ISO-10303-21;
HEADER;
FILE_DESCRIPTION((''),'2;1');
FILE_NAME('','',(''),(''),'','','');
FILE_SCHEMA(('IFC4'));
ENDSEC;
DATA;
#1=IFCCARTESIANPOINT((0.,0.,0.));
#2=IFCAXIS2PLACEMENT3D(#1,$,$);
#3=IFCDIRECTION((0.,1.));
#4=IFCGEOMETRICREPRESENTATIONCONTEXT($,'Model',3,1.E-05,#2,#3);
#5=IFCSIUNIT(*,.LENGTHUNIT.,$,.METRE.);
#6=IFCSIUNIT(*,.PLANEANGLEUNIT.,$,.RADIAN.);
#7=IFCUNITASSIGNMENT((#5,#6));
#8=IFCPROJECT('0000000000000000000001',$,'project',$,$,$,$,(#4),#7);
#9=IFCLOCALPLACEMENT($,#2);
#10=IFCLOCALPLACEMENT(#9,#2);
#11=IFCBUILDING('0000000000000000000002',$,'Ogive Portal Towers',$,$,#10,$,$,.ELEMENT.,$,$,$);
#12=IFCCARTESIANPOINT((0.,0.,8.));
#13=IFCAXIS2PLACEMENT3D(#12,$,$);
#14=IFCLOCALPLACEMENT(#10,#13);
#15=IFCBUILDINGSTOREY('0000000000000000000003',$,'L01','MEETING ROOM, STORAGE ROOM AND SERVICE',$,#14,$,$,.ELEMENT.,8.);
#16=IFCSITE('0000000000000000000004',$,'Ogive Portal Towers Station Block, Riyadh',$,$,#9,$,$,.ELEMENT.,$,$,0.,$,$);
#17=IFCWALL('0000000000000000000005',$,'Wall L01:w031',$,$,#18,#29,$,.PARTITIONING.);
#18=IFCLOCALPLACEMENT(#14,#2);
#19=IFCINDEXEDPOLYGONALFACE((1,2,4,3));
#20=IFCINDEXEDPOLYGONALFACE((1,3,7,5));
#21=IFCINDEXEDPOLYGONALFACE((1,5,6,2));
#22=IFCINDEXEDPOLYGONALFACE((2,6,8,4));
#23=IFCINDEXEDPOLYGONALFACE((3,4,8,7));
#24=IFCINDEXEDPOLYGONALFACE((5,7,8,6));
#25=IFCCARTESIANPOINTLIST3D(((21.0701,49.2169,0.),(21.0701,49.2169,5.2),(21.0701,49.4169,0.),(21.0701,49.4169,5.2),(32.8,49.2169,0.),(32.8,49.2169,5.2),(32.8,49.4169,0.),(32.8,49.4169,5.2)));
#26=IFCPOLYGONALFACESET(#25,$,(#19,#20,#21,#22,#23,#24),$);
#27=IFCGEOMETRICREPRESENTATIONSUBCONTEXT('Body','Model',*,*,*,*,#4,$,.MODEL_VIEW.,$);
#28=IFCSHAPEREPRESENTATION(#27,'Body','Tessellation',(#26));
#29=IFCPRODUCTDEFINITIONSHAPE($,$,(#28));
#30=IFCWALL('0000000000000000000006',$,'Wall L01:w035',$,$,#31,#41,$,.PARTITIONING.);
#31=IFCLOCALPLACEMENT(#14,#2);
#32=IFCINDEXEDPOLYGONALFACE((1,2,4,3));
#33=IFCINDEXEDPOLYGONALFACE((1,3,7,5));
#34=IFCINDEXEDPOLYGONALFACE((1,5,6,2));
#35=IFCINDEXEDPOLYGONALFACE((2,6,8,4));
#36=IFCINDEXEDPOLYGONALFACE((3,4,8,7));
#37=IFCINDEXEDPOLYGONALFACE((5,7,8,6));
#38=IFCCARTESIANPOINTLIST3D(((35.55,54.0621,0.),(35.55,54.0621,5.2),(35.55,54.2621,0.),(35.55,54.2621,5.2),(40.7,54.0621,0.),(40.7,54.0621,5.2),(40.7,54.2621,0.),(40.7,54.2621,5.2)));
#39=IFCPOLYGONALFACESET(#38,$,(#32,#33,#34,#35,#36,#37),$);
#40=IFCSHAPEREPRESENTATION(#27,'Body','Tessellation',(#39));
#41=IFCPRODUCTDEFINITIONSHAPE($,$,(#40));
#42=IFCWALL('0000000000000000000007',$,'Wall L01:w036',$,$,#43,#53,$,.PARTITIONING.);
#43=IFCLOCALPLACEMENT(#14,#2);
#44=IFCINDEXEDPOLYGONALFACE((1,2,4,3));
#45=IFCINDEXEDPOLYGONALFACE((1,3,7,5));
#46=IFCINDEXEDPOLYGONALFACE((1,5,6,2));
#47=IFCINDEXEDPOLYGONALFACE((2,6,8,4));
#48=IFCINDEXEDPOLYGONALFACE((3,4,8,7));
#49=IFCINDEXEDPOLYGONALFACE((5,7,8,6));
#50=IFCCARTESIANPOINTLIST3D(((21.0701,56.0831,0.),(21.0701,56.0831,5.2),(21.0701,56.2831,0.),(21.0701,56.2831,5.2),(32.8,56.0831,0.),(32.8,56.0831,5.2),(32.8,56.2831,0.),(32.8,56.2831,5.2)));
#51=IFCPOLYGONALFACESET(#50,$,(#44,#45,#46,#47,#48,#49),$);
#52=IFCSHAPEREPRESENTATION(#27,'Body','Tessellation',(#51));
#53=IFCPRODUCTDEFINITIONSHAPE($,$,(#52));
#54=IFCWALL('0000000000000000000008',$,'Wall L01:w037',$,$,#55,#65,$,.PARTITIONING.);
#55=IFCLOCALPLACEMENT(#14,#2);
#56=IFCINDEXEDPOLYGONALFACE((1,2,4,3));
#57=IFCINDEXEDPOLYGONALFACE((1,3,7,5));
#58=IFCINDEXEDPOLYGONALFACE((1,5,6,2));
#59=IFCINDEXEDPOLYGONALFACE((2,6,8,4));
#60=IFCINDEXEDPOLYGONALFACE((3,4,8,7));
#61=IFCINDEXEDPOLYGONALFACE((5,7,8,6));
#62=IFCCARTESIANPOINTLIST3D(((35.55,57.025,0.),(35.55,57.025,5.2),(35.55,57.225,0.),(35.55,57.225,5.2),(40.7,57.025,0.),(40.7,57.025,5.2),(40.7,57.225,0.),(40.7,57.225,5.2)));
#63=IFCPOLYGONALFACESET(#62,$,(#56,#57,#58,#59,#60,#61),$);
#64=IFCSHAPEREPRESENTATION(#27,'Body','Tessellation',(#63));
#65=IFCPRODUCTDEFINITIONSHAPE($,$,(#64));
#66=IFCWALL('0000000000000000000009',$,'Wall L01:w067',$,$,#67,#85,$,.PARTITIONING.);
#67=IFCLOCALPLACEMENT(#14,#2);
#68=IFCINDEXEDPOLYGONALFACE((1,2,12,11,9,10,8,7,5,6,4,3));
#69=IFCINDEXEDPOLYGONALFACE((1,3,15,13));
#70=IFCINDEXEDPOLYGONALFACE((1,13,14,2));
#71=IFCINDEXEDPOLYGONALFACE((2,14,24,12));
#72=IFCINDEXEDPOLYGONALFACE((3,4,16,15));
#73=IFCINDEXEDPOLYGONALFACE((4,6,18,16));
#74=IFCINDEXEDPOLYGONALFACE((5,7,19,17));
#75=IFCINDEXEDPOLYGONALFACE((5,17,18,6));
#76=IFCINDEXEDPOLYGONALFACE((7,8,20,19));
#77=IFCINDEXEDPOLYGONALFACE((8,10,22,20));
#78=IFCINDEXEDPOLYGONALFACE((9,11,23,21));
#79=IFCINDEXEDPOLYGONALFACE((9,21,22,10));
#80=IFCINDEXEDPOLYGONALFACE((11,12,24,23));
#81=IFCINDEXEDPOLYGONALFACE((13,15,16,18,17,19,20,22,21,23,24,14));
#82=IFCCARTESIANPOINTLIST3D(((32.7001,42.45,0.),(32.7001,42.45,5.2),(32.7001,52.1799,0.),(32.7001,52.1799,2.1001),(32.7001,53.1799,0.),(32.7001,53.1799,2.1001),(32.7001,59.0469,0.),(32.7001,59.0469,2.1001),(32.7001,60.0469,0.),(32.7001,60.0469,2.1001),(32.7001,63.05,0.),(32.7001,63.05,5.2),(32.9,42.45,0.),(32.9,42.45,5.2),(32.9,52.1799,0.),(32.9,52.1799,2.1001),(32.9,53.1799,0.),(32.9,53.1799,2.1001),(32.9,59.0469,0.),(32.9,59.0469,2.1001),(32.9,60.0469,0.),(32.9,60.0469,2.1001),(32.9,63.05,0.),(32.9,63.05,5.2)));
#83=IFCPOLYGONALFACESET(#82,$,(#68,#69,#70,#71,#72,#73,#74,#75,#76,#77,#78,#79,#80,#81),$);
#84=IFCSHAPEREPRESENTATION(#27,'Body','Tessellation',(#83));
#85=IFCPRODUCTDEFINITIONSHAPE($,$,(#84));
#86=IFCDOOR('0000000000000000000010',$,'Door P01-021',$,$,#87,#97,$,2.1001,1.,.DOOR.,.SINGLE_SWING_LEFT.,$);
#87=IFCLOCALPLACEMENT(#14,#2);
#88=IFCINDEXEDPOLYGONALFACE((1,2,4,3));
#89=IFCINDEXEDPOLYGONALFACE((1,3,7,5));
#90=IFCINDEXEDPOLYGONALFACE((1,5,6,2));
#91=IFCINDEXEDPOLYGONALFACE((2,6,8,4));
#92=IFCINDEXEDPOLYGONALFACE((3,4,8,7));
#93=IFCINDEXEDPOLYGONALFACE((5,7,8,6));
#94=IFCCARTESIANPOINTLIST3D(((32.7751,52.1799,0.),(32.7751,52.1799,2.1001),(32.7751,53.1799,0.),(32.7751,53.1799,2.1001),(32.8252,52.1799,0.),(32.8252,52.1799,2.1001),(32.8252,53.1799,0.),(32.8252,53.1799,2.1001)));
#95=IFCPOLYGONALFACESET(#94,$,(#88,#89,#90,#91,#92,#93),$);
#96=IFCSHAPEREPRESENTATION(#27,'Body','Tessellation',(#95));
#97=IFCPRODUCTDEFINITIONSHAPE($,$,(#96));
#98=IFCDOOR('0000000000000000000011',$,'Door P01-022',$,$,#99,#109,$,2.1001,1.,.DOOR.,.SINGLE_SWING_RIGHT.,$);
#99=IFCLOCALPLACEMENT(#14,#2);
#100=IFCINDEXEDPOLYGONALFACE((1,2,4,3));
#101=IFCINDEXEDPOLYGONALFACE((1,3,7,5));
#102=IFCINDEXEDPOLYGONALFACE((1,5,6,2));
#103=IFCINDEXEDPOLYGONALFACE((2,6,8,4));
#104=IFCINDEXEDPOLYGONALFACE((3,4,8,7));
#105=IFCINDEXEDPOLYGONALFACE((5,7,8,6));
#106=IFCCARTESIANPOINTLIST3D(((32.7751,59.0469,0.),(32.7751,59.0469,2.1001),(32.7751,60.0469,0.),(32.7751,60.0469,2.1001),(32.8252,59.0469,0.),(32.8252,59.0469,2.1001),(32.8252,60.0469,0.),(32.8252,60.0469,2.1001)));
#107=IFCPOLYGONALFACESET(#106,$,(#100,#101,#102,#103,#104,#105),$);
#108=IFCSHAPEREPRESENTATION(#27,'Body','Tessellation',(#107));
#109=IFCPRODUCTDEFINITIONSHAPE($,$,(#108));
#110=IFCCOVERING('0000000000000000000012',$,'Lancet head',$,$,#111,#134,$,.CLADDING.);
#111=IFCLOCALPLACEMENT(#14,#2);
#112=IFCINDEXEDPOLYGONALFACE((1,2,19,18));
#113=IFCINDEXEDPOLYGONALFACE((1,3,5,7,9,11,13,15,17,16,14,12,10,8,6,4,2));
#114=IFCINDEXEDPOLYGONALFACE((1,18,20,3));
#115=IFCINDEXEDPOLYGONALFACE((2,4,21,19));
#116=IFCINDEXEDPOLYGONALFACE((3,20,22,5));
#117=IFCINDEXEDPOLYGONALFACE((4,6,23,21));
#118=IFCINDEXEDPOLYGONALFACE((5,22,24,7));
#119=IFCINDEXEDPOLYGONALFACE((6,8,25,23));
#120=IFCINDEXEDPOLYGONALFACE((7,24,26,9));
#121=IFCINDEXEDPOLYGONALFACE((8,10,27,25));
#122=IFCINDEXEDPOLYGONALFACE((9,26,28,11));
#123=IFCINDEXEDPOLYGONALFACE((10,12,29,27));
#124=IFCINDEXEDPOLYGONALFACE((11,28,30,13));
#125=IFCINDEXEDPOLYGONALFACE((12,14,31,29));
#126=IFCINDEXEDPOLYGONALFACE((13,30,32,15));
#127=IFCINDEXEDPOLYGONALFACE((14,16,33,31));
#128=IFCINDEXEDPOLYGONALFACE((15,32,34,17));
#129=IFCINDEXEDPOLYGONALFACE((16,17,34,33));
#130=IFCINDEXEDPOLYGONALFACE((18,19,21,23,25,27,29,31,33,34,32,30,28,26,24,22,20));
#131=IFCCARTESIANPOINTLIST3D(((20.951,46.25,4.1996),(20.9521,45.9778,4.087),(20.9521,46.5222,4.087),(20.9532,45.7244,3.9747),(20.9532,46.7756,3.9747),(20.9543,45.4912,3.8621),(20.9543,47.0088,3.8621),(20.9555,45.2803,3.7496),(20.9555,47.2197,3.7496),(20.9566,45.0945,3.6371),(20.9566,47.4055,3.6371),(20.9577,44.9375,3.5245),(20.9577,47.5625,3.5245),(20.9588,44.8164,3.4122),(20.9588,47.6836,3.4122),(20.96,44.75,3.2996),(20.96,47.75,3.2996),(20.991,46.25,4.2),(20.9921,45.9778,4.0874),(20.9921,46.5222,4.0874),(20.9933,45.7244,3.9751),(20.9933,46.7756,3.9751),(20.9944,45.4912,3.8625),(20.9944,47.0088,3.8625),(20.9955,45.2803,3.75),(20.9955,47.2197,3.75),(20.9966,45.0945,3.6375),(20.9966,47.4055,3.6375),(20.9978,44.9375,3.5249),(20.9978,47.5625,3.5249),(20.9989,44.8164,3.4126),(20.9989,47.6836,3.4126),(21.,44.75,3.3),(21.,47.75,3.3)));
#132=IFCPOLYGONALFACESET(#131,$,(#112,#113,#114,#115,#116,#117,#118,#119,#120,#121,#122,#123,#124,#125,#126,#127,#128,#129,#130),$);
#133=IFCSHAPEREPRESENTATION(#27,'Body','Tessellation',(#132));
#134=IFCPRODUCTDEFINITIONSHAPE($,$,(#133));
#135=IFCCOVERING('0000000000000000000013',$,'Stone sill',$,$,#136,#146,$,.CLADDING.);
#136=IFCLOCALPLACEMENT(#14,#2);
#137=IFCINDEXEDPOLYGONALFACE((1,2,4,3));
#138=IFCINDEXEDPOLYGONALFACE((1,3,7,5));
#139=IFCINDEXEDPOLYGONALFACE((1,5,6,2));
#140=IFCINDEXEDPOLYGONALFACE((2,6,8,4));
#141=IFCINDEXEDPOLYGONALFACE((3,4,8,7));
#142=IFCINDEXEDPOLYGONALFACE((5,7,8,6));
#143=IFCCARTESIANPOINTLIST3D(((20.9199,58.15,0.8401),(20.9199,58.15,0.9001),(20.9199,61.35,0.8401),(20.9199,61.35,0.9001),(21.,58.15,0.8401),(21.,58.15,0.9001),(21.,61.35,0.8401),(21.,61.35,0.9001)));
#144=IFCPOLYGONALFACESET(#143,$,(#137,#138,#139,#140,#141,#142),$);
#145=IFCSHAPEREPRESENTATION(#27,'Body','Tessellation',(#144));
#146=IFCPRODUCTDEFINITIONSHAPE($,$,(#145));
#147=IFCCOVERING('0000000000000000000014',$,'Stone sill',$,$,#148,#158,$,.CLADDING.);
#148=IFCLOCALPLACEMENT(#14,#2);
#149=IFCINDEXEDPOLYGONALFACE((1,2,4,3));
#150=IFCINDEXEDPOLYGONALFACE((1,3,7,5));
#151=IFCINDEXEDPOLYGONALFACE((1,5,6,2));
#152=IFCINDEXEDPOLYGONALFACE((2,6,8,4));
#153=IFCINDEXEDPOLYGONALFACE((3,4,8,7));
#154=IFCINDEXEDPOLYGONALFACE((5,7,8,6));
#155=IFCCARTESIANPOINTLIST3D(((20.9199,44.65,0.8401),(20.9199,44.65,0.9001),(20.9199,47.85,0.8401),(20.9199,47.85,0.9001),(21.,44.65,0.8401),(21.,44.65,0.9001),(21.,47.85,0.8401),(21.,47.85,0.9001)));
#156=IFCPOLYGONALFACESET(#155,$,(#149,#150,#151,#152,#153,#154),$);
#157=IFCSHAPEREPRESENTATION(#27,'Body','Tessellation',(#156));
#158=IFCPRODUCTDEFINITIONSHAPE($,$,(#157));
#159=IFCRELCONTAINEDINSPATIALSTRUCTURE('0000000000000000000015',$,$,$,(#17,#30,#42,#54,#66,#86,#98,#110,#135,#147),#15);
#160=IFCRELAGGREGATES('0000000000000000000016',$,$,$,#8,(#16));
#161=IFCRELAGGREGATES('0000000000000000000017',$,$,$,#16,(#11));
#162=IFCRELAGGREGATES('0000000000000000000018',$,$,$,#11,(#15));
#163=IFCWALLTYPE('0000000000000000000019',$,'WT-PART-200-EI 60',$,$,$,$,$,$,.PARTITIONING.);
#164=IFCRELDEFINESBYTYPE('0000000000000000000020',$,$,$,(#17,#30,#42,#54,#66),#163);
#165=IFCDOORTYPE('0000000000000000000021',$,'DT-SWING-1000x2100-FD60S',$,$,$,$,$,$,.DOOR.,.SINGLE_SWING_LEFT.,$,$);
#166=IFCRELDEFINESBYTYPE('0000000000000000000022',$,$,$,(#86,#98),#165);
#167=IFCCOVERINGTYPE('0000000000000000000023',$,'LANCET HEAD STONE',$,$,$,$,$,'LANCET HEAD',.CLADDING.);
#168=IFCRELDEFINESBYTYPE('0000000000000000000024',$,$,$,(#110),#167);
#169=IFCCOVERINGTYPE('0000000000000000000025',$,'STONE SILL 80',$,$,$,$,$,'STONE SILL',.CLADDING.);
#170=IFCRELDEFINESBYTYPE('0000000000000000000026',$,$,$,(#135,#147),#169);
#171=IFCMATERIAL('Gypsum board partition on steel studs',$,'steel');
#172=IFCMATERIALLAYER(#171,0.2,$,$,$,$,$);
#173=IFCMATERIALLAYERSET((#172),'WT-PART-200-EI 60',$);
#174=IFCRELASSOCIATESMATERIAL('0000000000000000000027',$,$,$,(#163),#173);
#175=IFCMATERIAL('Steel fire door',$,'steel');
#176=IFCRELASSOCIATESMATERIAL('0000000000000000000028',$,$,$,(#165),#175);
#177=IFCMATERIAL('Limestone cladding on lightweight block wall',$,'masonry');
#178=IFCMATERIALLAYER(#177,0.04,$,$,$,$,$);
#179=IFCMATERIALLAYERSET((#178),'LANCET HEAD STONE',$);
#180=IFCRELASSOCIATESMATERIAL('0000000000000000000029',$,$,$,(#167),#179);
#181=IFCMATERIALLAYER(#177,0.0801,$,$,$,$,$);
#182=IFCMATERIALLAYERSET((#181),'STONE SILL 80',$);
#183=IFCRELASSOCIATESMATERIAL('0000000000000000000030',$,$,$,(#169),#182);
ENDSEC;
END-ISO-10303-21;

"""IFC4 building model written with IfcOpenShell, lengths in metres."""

from ifc_helpers import new_model, si_unit, direction, frame, frame_2d, origin, origin_2d, place, context, subcontext, project, spatial, polyline, rectangle, outline, extrude, material, layer, layer_set, type_object, element, fill, save


model = new_model("IFC4")

# Units and contexts
model_context = context("Model", 3, precision=1e-05, world=origin(), true_north=direction((0.0, 1.0)))
body_context = subcontext(model_context, "Body", "Model", "MODEL_VIEW")
ifc_project = project(units=[si_unit("LENGTHUNIT", "METRE"), si_unit("PLANEANGLEUNIT", "RADIAN")], contexts=[model_context])

# Site, building, storey
site_placement = place(None, origin())
site = spatial("IfcSite", under=ifc_project, at=site_placement, Name="Ogive Portal Towers Station Block, Riyadh", CompositionType="ELEMENT", RefElevation=0.0)
building_placement = place(site_placement, origin())
building = spatial("IfcBuilding", under=site, at=building_placement, Name="Ogive Portal Towers", CompositionType="ELEMENT")
storey_placement = place(building_placement, frame((0.0, 0.0, 8.0)))
storey = spatial("IfcBuildingStorey", under=building, at=storey_placement, Name="L01", Description="MEETING ROOM, STORAGE ROOM AND SERVICE", CompositionType="ELEMENT", Elevation=8.0)

# Shared definitions
ifc_material_1 = material(Name="Steel fire door", Category="steel")

# Walls
ifc_material_2 = material(Name="Gypsum board partition on steel studs", Category="steel")
ifc_layer_1 = layer(ifc_material_2, 0.2)
ifc_layer_set_1 = layer_set([ifc_layer_1], Name="WT-PART-200-EI 60")
wall_type_1 = type_object("IfcWallType", Name="WT-PART-200-EI 60", PredefinedType="PARTITIONING", material=ifc_layer_set_1)
wall_1_placement = place(storey_placement, frame((21.0701, 49.3169, 0.0), z_axis=(0.0, 0.0, 1.0), x_axis=(1.0, 0.0, 0.0)))
element("IfcWall", 1, at=wall_1_placement, inside=storey, type_object=wall_type_1, Name="Wall L01:w031", PredefinedType="PARTITIONING", context=body_context, shape_type="SweptSolid", body=[
    extrude(rectangle(XDim=11.73, YDim=0.2, at=frame_2d((5.865, 0.0))), origin(), (0.0, 0.0, 1.0), 5.2),
])
wall_2_placement = place(storey_placement, frame((35.55, 54.1621, 0.0), z_axis=(0.0, 0.0, 1.0), x_axis=(1.0, 0.0, 0.0)))
element("IfcWall", 2, at=wall_2_placement, inside=storey, type_object=wall_type_1, Name="Wall L01:w035", PredefinedType="PARTITIONING", context=body_context, shape_type="SweptSolid", body=[
    extrude(rectangle(XDim=5.1499, YDim=0.2, at=frame_2d((2.575, 0.0))), origin(), (0.0, 0.0, 1.0), 5.2),
])
wall_3_placement = place(storey_placement, frame((21.0701, 56.1831, 0.0), z_axis=(0.0, 0.0, 1.0), x_axis=(1.0, 0.0, 0.0)))
element("IfcWall", 3, at=wall_3_placement, inside=storey, type_object=wall_type_1, Name="Wall L01:w036", PredefinedType="PARTITIONING", context=body_context, shape_type="SweptSolid", body=[
    extrude(rectangle(XDim=11.73, YDim=0.2, at=frame_2d((5.865, 0.0))), origin(), (0.0, 0.0, 1.0), 5.2),
])
wall_4_placement = place(storey_placement, frame((35.55, 57.125, 0.0), z_axis=(0.0, 0.0, 1.0), x_axis=(1.0, 0.0, 0.0)))
element("IfcWall", 4, at=wall_4_placement, inside=storey, type_object=wall_type_1, Name="Wall L01:w037", PredefinedType="PARTITIONING", context=body_context, shape_type="SweptSolid", body=[
    extrude(rectangle(XDim=5.1499, YDim=0.2, at=frame_2d((2.575, 0.0))), origin(), (0.0, 0.0, 1.0), 5.2),
])

# Wall, openings, doors
wall_5_placement = place(storey_placement, frame((32.8, 42.45, 0.0), z_axis=(0.0, 0.0, 1.0), x_axis=(0.0, 1.0, 0.0)))
wall_5 = element("IfcWall", 5, at=wall_5_placement, inside=storey, type_object=wall_type_1, Name="Wall L01:w067", PredefinedType="PARTITIONING", context=body_context, shape_type="SweptSolid", body=[
    extrude(rectangle(XDim=20.6001, YDim=0.2, at=frame_2d((10.3, 0.0))), origin(), (0.0, 0.0, 1.0), 5.2),
])
opening_1_placement = place(wall_5_placement, frame((9.73, 0.0, 0.0)))
opening_1 = element("IfcOpeningElement", 6, at=opening_1_placement, cuts=wall_5, PredefinedType="OPENING", context=body_context, shape_type="SweptSolid", body=[
    extrude(rectangle(XDim=1.0, YDim=2.1001, at=frame_2d((0.5, 1.05))), frame((0.0, 0.1099, 0.0), z_axis=(0.0, -1.0, 0.0), x_axis=(1.0, 0.0, 0.0)), (0.0, 0.0, 1.0), 0.22),
])
opening_2_placement = place(wall_5_placement, frame((16.5969, 0.0, 0.0)))
opening_2 = element("IfcOpeningElement", 7, at=opening_2_placement, cuts=wall_5, PredefinedType="OPENING", context=body_context, shape_type="SweptSolid", body=[
    extrude(rectangle(XDim=1.0, YDim=2.1001, at=frame_2d((0.5, 1.05))), frame((0.0, 0.1099, 0.0), z_axis=(0.0, -1.0, 0.0), x_axis=(1.0, 0.0, 0.0)), (0.0, 0.0, 1.0), 0.22),
])
door_type_1 = type_object("IfcDoorType", Name="DT-SWING-1000x2100-FD60S", OperationType="SINGLE_SWING_LEFT", PredefinedType="DOOR", material=ifc_material_1)
door_1_placement = place(opening_1_placement, origin())
door_1 = element("IfcDoor", 8, at=door_1_placement, inside=storey, type_object=door_type_1, Name="Door P01-021", OperationType="SINGLE_SWING_LEFT", OverallHeight=2.1001, OverallWidth=1.0, PredefinedType="DOOR", context=body_context, shape_type="SweptSolid", body=[
    extrude(rectangle(XDim=1.0, YDim=2.1001, at=frame_2d((0.5, 1.05))), frame((0.0, 0.0249, 0.0), z_axis=(0.0, -1.0, 0.0), x_axis=(1.0, 0.0, 0.0)), (0.0, 0.0, 1.0), 0.05),
])
fill(opening_1, door_1)
door_2_placement = place(opening_2_placement, origin())
door_2 = element("IfcDoor", 9, at=door_2_placement, inside=storey, type_object=door_type_1, Name="Door P01-022", OperationType="SINGLE_SWING_RIGHT", OverallHeight=2.1001, OverallWidth=1.0, PredefinedType="DOOR", context=body_context, shape_type="SweptSolid", body=[
    extrude(rectangle(XDim=1.0, YDim=2.1001, at=frame_2d((0.5, 1.05))), frame((0.0, 0.0249, 0.0), z_axis=(0.0, -1.0, 0.0), x_axis=(1.0, 0.0, 0.0)), (0.0, 0.0, 1.0), 0.05),
])
fill(opening_2, door_2)

# Coverings
ifc_material_3 = material(Name="Limestone cladding on lightweight block wall", Category="masonry")
ifc_layer_2 = layer(ifc_material_3, 0.04)
ifc_layer_set_2 = layer_set([ifc_layer_2], Name="LANCET HEAD STONE")
covering_type_1 = type_object("IfcCoveringType", Name="LANCET HEAD STONE", ElementType="LANCET HEAD", PredefinedType="CLADDING", material=ifc_layer_set_2)
covering_placement = place(storey_placement, frame((21.0, 47.75, 3.3), z_axis=(0.99995, 0.0, 0.009994), x_axis=(0.0, -1.0, 0.0)))
element("IfcCovering", 10, at=covering_placement, inside=storey, type_object=covering_type_1, Name="Lancet head", PredefinedType="CLADDING", context=body_context, shape_type="SweptSolid", body=[
    extrude(outline(polyline([(0.0, 0.0), (3.0, 0.0), (2.9336, -0.1126), (2.8125, -0.2249), (2.6555, -0.3374), (2.4697, -0.45), (2.2588, -0.5625), (2.0256, -0.6751), (1.7722, -0.7874), (1.5, -0.8999), (1.2278, -0.7874), (0.9744, -0.6751), (0.7412, -0.5625), (0.5303, -0.45), (0.3445, -0.3374), (0.1875, -0.2249), (0.0664, -0.1126), (0.0, 0.0)])), origin(), (0.0, 0.0, -1.0), 0.04),
])
ifc_layer_3 = layer(ifc_material_3, 0.0801)
ifc_layer_set_3 = layer_set([ifc_layer_3], Name="STONE SILL 80")
covering_type_2 = type_object("IfcCoveringType", Name="STONE SILL 80", ElementType="STONE SILL", PredefinedType="CLADDING", material=ifc_layer_set_3)
for number, where, z_axis, x_axis, name in (
    (11, (20.96, 59.75, 0.8401), (0.0, 0.0, 1.0), (0.0, -1.0, 0.0), "Stone sill"),
    (12, (20.96, 46.25, 0.8401), (0.0, 0.0, 1.0), (0.0, -1.0, 0.0), "Stone sill"),
):
    element("IfcCovering", number, at=place(storey_placement, frame(where, z_axis=z_axis, x_axis=x_axis)), inside=storey, type_object=covering_type_2, Name=name, PredefinedType="CLADDING", context=body_context, shape_type="SweptSolid", body=[
        extrude(rectangle(XDim=3.2, YDim=0.0801, at=origin_2d()), origin(), (0.0, 0.0, 1.0), 0.0601),
    ])

save(model, "model.ifc")
